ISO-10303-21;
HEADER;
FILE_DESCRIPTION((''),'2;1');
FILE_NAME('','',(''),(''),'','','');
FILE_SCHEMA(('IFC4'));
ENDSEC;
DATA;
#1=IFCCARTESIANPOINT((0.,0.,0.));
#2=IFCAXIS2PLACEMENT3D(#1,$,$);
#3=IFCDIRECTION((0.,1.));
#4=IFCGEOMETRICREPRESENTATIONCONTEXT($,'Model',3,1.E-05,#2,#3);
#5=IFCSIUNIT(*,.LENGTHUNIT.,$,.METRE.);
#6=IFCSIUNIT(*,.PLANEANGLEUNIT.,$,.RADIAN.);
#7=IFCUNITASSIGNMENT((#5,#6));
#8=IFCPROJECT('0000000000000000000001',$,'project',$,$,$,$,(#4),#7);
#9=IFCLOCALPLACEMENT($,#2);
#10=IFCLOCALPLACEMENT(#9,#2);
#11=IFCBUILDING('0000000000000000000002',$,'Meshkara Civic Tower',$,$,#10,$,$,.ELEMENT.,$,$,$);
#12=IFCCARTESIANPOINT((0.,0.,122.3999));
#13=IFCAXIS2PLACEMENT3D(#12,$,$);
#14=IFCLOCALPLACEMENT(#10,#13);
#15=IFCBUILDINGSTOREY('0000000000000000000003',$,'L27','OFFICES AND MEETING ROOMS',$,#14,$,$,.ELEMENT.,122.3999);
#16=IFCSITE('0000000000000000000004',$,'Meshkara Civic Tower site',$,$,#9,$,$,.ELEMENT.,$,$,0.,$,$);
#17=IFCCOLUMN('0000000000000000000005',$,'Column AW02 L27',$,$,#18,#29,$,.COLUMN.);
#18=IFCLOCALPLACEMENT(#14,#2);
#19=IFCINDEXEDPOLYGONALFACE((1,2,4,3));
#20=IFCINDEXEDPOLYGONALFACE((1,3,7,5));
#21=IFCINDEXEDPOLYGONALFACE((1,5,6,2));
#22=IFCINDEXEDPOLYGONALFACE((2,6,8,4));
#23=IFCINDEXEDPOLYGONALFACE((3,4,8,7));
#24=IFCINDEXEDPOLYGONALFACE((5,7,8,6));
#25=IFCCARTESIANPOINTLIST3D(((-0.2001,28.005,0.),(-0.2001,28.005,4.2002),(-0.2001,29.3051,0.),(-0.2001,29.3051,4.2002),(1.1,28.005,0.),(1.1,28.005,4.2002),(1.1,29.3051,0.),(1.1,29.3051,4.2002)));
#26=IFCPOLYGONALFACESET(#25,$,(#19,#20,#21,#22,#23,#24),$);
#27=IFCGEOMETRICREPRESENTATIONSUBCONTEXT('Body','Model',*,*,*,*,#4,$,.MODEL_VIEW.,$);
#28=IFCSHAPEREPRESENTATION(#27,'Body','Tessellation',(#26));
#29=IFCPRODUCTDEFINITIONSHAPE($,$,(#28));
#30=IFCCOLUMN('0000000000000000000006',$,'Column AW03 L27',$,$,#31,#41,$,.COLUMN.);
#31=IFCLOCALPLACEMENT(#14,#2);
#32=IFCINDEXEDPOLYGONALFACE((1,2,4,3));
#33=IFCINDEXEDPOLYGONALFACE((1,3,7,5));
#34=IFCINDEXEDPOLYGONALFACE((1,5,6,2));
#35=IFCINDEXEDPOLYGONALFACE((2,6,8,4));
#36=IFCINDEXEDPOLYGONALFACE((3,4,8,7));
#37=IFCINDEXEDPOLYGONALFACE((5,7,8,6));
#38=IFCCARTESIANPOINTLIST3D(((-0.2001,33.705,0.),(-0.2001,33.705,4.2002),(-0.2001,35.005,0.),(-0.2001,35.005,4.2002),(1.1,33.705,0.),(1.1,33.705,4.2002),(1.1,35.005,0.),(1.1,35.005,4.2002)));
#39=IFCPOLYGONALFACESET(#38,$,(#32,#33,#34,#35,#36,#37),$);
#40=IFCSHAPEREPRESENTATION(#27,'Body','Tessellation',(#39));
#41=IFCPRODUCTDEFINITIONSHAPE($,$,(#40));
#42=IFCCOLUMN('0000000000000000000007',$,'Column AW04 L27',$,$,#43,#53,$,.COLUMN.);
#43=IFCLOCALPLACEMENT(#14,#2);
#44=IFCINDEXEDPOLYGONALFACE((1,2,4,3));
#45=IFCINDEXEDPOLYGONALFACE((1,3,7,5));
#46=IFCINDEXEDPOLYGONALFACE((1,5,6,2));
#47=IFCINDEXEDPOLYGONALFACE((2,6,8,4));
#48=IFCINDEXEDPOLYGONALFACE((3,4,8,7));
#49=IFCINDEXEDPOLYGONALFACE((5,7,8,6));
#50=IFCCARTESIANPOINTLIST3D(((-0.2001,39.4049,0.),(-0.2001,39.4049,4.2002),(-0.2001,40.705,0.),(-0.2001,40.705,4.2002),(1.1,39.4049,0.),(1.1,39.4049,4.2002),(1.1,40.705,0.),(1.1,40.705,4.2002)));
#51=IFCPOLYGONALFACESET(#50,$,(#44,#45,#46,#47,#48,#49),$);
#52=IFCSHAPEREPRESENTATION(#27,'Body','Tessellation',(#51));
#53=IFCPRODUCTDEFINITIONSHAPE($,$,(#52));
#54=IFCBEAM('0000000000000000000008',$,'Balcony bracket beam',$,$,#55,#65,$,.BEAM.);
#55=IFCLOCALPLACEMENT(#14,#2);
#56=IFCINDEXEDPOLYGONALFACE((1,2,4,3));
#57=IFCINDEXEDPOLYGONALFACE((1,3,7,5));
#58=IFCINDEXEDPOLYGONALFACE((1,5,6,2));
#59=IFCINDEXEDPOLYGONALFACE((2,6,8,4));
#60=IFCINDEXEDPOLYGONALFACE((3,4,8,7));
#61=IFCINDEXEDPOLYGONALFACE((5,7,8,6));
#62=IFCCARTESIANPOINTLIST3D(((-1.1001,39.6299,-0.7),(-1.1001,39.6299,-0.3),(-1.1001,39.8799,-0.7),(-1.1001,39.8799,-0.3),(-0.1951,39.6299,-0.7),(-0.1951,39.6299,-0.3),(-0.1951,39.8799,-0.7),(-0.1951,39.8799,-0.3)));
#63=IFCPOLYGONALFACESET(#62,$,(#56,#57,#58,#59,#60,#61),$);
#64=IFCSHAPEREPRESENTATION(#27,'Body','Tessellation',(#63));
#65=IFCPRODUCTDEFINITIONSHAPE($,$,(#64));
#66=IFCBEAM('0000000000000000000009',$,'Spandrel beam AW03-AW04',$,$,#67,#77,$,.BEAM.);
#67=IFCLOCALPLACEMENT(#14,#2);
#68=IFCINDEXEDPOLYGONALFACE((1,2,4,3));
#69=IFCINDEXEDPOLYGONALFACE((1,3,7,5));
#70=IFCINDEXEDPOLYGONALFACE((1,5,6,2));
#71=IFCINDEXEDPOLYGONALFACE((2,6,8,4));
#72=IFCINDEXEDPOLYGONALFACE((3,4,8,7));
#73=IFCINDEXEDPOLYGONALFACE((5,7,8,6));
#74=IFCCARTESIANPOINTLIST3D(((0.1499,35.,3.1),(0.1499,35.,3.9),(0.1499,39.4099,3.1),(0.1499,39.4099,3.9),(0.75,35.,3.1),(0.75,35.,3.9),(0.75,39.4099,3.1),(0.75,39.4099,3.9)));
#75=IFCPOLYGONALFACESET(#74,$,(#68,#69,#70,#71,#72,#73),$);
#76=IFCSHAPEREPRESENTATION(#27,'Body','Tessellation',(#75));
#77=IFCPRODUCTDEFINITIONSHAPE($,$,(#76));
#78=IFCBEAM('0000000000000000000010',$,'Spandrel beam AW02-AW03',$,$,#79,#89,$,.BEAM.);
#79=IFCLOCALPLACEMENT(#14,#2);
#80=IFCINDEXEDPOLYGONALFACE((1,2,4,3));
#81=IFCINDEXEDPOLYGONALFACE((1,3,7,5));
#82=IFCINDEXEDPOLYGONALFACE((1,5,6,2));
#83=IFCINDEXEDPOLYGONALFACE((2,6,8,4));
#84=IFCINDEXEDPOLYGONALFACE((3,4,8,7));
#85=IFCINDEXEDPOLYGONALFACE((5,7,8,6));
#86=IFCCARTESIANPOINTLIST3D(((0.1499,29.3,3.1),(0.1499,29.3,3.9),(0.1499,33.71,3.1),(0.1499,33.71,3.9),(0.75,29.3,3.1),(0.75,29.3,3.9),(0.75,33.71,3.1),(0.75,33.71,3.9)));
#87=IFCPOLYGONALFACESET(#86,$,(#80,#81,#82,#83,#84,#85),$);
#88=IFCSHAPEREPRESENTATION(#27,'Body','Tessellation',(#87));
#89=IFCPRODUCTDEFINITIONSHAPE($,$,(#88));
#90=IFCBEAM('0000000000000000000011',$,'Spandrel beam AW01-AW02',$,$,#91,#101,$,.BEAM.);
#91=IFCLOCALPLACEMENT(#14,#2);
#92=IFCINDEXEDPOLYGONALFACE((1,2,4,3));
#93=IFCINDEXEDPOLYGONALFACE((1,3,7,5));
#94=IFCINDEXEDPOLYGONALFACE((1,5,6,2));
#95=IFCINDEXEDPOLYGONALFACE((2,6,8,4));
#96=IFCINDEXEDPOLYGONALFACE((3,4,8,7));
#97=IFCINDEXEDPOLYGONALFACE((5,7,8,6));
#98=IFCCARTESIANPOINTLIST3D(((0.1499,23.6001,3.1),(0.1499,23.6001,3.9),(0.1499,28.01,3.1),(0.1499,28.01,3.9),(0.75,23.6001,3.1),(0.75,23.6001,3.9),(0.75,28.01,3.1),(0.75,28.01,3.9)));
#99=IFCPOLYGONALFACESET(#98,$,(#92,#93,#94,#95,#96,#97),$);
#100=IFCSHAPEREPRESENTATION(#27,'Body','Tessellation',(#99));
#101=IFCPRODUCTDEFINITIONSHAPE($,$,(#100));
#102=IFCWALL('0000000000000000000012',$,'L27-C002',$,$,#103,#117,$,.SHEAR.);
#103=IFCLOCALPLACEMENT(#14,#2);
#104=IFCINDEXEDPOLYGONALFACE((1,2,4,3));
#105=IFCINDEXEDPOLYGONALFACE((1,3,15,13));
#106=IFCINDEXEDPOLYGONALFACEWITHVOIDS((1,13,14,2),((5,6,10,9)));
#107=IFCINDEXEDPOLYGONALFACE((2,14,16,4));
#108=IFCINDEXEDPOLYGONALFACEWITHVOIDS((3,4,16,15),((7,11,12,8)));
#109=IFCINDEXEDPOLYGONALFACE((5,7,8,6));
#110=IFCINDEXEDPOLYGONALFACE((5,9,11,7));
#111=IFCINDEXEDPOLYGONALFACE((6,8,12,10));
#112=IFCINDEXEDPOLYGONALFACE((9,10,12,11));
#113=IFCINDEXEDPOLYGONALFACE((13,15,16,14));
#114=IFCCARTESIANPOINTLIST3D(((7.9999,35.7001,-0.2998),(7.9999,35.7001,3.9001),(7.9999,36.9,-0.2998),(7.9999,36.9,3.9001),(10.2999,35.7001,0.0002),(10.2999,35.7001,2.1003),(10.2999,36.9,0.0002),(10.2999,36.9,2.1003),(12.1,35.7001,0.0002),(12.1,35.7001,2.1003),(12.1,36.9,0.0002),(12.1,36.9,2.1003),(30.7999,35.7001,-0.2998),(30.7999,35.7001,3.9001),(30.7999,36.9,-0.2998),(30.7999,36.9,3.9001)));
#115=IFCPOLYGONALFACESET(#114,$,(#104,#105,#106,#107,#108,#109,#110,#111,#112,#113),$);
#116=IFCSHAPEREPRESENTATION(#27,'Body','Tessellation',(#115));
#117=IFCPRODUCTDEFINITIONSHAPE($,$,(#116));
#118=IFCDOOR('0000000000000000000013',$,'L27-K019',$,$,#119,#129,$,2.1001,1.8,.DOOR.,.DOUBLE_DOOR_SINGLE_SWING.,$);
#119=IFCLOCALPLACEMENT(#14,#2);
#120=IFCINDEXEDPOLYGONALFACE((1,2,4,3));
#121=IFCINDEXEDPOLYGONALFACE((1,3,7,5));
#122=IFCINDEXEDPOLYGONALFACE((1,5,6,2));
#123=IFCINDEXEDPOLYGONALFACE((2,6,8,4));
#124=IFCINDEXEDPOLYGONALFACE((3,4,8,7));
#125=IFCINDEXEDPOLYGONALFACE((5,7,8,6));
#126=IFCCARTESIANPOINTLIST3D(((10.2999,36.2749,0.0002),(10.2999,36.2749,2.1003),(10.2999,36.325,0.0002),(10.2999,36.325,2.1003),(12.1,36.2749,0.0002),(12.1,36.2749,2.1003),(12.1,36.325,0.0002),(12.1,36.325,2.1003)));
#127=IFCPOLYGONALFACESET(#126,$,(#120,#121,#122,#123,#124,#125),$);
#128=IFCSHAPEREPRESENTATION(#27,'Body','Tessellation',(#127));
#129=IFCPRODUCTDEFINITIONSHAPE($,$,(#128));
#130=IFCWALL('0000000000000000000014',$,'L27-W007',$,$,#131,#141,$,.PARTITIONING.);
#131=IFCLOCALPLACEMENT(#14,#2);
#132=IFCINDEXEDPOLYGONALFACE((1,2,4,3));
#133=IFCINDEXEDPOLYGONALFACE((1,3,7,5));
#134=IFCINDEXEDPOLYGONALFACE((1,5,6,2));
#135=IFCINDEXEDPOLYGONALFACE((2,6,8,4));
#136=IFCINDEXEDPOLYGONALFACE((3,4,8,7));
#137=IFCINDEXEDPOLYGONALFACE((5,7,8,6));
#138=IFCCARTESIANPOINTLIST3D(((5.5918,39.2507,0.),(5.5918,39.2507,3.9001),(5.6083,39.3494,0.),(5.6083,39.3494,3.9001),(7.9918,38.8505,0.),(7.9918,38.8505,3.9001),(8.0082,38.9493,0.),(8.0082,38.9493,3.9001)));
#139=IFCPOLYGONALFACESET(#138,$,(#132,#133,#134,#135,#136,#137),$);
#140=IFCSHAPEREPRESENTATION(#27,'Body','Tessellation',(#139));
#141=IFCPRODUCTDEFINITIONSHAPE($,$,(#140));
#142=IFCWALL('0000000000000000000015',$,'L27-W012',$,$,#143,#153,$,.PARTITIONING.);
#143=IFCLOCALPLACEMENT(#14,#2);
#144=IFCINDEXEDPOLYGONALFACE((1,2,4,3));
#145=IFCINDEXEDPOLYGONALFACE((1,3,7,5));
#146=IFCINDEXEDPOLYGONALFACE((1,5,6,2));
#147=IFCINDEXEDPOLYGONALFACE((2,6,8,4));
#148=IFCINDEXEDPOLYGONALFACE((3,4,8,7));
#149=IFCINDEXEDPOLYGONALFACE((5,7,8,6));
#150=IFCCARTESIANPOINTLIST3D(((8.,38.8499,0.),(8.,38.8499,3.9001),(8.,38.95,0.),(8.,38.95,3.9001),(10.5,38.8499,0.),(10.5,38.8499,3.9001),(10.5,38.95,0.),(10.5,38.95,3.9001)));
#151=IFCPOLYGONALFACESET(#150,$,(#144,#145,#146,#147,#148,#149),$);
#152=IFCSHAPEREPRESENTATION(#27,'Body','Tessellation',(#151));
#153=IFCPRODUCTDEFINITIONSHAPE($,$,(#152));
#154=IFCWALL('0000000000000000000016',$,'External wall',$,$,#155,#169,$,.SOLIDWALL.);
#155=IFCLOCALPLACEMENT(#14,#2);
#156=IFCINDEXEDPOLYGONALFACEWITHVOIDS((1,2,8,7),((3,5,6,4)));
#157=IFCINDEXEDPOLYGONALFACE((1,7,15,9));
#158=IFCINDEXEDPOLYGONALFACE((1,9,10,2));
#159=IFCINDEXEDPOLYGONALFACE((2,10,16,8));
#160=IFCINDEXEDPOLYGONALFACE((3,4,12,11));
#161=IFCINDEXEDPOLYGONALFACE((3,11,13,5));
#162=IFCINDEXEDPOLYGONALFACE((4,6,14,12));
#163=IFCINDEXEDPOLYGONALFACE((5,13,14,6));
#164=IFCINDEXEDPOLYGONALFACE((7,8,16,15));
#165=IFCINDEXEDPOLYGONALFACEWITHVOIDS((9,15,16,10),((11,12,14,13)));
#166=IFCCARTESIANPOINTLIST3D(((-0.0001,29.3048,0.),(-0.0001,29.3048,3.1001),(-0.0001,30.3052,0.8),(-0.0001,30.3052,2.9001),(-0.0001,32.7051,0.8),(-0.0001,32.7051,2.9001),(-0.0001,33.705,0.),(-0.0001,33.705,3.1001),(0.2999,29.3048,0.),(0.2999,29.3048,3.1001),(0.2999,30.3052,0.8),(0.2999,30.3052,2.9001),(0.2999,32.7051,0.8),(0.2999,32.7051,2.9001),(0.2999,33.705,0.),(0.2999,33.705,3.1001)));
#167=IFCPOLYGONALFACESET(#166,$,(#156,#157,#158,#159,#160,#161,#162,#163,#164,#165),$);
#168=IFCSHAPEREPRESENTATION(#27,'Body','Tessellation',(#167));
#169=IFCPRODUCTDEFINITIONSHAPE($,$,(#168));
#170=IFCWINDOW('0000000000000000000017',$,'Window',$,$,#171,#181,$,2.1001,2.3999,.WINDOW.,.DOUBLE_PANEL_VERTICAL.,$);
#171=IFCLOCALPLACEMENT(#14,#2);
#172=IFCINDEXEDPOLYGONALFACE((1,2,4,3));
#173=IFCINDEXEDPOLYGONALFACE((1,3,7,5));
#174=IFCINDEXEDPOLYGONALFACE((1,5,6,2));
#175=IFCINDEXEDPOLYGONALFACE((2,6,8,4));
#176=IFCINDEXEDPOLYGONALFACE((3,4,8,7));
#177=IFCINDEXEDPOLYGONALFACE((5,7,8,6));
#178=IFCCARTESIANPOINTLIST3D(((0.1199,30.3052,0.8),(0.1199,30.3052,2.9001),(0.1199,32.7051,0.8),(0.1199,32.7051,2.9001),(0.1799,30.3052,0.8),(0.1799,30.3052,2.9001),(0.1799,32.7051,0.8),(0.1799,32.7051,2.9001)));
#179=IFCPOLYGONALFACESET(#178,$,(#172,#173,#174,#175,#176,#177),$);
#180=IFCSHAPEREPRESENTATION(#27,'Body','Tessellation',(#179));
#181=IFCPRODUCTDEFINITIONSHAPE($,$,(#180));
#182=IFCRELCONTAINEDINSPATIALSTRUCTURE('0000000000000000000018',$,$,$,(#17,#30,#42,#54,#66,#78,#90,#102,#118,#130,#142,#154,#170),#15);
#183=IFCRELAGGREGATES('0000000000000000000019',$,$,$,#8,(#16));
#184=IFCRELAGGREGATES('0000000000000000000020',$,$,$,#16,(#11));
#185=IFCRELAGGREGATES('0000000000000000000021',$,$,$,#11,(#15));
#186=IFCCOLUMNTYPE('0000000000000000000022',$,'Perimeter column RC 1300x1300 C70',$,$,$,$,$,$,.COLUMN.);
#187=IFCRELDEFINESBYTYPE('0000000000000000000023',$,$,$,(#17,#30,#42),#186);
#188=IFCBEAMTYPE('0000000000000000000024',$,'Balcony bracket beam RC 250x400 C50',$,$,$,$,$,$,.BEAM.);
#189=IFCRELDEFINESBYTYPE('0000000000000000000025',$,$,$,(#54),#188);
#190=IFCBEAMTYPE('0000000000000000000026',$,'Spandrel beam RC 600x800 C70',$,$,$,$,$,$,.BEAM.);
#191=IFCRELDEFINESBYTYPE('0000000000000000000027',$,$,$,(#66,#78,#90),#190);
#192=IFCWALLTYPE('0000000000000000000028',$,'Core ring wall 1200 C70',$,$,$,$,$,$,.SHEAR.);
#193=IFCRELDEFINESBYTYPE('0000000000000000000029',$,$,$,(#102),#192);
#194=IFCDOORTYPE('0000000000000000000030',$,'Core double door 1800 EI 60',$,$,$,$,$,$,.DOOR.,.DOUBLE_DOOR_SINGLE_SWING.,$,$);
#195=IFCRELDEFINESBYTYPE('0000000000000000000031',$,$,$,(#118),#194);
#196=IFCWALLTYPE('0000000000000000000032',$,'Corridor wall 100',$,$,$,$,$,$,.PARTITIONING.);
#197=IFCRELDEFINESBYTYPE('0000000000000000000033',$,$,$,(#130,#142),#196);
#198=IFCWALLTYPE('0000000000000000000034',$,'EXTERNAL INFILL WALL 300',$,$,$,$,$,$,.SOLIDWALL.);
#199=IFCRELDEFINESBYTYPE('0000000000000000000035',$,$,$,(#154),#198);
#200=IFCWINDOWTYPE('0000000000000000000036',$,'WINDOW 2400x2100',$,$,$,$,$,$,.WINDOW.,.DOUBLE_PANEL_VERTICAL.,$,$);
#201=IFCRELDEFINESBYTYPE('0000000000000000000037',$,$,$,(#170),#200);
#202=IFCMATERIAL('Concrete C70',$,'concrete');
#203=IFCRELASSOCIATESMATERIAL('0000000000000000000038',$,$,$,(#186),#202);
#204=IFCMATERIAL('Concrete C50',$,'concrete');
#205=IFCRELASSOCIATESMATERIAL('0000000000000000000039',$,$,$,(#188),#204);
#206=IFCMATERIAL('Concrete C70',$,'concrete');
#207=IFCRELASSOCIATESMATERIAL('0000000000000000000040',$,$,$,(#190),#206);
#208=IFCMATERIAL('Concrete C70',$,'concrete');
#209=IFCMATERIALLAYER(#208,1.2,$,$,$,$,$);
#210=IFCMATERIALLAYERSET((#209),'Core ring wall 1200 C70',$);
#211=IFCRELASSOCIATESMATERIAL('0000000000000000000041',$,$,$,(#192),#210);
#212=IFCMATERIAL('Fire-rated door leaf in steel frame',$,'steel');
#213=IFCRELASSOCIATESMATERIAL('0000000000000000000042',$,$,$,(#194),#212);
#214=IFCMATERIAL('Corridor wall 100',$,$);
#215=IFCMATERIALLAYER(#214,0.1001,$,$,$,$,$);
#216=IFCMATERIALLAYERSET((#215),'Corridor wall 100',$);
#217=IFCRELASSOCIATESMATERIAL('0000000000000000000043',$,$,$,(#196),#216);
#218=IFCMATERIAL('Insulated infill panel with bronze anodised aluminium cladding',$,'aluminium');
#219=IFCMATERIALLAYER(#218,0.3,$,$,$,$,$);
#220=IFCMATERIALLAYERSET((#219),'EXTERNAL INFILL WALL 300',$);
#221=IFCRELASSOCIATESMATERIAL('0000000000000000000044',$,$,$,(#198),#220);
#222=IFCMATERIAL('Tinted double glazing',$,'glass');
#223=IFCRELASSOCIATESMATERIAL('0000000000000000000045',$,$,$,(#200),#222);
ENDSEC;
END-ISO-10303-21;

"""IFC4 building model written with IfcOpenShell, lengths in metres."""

from ifc_helpers import new_model, si_unit, direction, frame, frame_2d, origin, origin_2d, place, context, subcontext, project, spatial, rectangle, extrude, material, layer, layer_set, material_profile, profile_set, type_object, element, fill, save


model = new_model("IFC4")

# Units and contexts
model_context = context("Model", 3, precision=1e-05, world=origin(), true_north=direction((0.0, 1.0)))
body_context = subcontext(model_context, "Body", "Model", "MODEL_VIEW")
ifc_project = project(units=[si_unit("LENGTHUNIT", "METRE"), si_unit("PLANEANGLEUNIT", "RADIAN")], contexts=[model_context])

# Site, building, storey
site_placement = place(None, origin())
site = spatial("IfcSite", under=ifc_project, at=site_placement, Name="Meshkara Civic Tower site", CompositionType="ELEMENT", RefElevation=0.0)
building_placement = place(site_placement, origin())
building = spatial("IfcBuilding", under=site, at=building_placement, Name="Meshkara Civic Tower", CompositionType="ELEMENT")
storey_placement = place(building_placement, frame((0.0, 0.0, 122.3999)))
storey = spatial("IfcBuildingStorey", under=building, at=storey_placement, Name="L27", Description="OFFICES AND MEETING ROOMS", CompositionType="ELEMENT", Elevation=122.3999)

# Columns
ifc_material_1 = material(Name="Concrete C70", Category="concrete")
ifc_material_profile_1 = material_profile(ifc_material_1, rectangle(XDim=1.3, YDim=1.3, at=origin_2d()))
ifc_profile_set_1 = profile_set([ifc_material_profile_1], Name="Concrete C70")
column_type = type_object("IfcColumnType", Name="Perimeter column RC 1300x1300 C70", PredefinedType="COLUMN", material=ifc_profile_set_1)
for number, where, z_axis, x_axis, name in (
    (1, (0.45, 28.655, 0.0), (0.0, 0.0, 1.0), (1.0, 0.0, 0.0), "Column AW02 L27"),
    (2, (0.45, 34.355, 0.0), (0.0, 0.0, 1.0), (1.0, 0.0, 0.0), "Column AW03 L27"),
    (3, (0.45, 40.0549, 0.0), (0.0, 0.0, 1.0), (1.0, 0.0, 0.0), "Column AW04 L27"),
):
    element("IfcColumn", number, at=place(storey_placement, frame(where, z_axis=z_axis, x_axis=x_axis)), inside=storey, type_object=column_type, Name=name, PredefinedType="COLUMN", context=body_context, shape_type="SweptSolid", body=[
        extrude(rectangle(XDim=1.3, YDim=1.3, at=origin_2d()), origin(), (0.0, 0.0, 1.0), 4.2002),
    ])

# Beams
ifc_material_2 = material(Name="Concrete C50", Category="concrete")
ifc_material_profile_2 = material_profile(ifc_material_2, rectangle(XDim=0.25, YDim=0.3999, at=origin_2d()))
ifc_profile_set_2 = profile_set([ifc_material_profile_2], Name="Concrete C50")
beam_type_1 = type_object("IfcBeamType", Name="Balcony bracket beam RC 250x400 C50", PredefinedType="BEAM", material=ifc_profile_set_2)
beam_placement = place(storey_placement, frame((-0.1951, 39.7549, -0.5), z_axis=(-1.0, 0.0, 0.0), x_axis=(0.0, -1.0, 0.0)))
element("IfcBeam", 4, at=beam_placement, inside=storey, type_object=beam_type_1, Name="Balcony bracket beam", PredefinedType="BEAM", context=body_context, shape_type="SweptSolid", body=[
    extrude(rectangle(XDim=0.25, YDim=0.3999, at=origin_2d()), origin(), (0.0, 0.0, 1.0), 0.905),
])
ifc_material_3 = material(Name="Concrete C70", Category="concrete")
ifc_material_profile_3 = material_profile(ifc_material_3, rectangle(XDim=0.6001, YDim=0.8, at=origin_2d()))
ifc_profile_set_3 = profile_set([ifc_material_profile_3], Name="Concrete C70")
beam_type_2 = type_object("IfcBeamType", Name="Spandrel beam RC 600x800 C70", PredefinedType="BEAM", material=ifc_profile_set_3)
for number, where, z_axis, x_axis, name in (
    (5, (0.45, 39.4099, 3.5), (0.0, -1.0, 0.0), (1.0, 0.0, 0.0), "Spandrel beam AW03-AW04"),
    (6, (0.45, 33.71, 3.5), (0.0, -1.0, 0.0), (1.0, 0.0, 0.0), "Spandrel beam AW02-AW03"),
    (7, (0.45, 28.01, 3.5), (0.0, -1.0, 0.0), (1.0, 0.0, 0.0), "Spandrel beam AW01-AW02"),
):
    element("IfcBeam", number, at=place(storey_placement, frame(where, z_axis=z_axis, x_axis=x_axis)), inside=storey, type_object=beam_type_2, Name=name, PredefinedType="BEAM", context=body_context, shape_type="SweptSolid", body=[
        extrude(rectangle(XDim=0.6001, YDim=0.8, at=origin_2d()), origin(), (0.0, 0.0, 1.0), 4.4099),
    ])

# Wall, opening, door
ifc_material_4 = material(Name="Concrete C70", Category="concrete")
ifc_layer_1 = layer(ifc_material_4, 1.2)
ifc_layer_set_1 = layer_set([ifc_layer_1], Name="Core ring wall 1200 C70")
wall_type_1 = type_object("IfcWallType", Name="Core ring wall 1200 C70", PredefinedType="SHEAR", material=ifc_layer_set_1)
wall_1_placement = place(storey_placement, frame((8.0, 36.3, -0.2998), z_axis=(0.0, 0.0, 1.0), x_axis=(1.0, 0.0, 0.0)))
wall_1 = element("IfcWall", 8, at=wall_1_placement, inside=storey, type_object=wall_type_1, Name="L27-C002", PredefinedType="SHEAR", context=body_context, shape_type="SweptSolid", body=[
    extrude(rectangle(XDim=22.8, YDim=1.2, at=frame_2d((11.3999, 0.0))), origin(), (0.0, 0.0, 1.0), 4.2),
])
opening_1_placement = place(wall_1_placement, frame((2.3, 0.0, 0.3)))
opening_1 = element("IfcOpeningElement", 9, at=opening_1_placement, cuts=wall_1, PredefinedType="OPENING", context=body_context, shape_type="SweptSolid", body=[
    extrude(rectangle(XDim=1.8, YDim=2.1001, at=frame_2d((0.8999, 1.05))), frame((0.0, 0.6099, 0.0), z_axis=(0.0, -1.0, 0.0), x_axis=(1.0, 0.0, 0.0)), (0.0, 0.0, 1.0), 1.22),
])
ifc_material_5 = material(Name="Fire-rated door leaf in steel frame", Category="steel")
door_type_1 = type_object("IfcDoorType", Name="Core double door 1800 EI 60", OperationType="DOUBLE_DOOR_SINGLE_SWING", PredefinedType="DOOR", material=ifc_material_5)
door_1_placement = place(opening_1_placement, origin())
door_1 = element("IfcDoor", 10, at=door_1_placement, inside=storey, type_object=door_type_1, Name="L27-K019", OperationType="DOUBLE_DOOR_SINGLE_SWING", OverallHeight=2.1001, OverallWidth=1.8, PredefinedType="DOOR", context=body_context, shape_type="SweptSolid", body=[
    extrude(rectangle(XDim=1.8, YDim=2.1001, at=frame_2d((0.8999, 1.05))), frame((0.0, 0.0249, 0.0), z_axis=(0.0, -1.0, 0.0), x_axis=(1.0, 0.0, 0.0)), (0.0, 0.0, 1.0), 0.05),
])
fill(opening_1, door_1)

# Walls
ifc_material_6 = material(Name="Corridor wall 100")
ifc_layer_2 = layer(ifc_material_6, 0.1001)
ifc_layer_set_2 = layer_set([ifc_layer_2], Name="Corridor wall 100")
wall_type_2 = type_object("IfcWallType", Name="Corridor wall 100", PredefinedType="PARTITIONING", material=ifc_layer_set_2)
wall_2_placement = place(storey_placement, frame((8.0, 38.8999, 0.0), z_axis=(0.0, 0.0, 1.0), x_axis=(-0.986383, 0.164464, 0.0)))
element("IfcWall", 11, at=wall_2_placement, inside=storey, type_object=wall_type_2, Name="L27-W007", PredefinedType="PARTITIONING", context=body_context, shape_type="SweptSolid", body=[
    extrude(rectangle(XDim=2.4331, YDim=0.1001, at=frame_2d((1.2166, 0.0))), origin(), (0.0, 0.0, 1.0), 3.9001),
])
wall_3_placement = place(storey_placement, frame((10.5, 38.8999, 0.0), z_axis=(0.0, 0.0, 1.0), x_axis=(-1.0, 0.0, 0.0)))
element("IfcWall", 12, at=wall_3_placement, inside=storey, type_object=wall_type_2, Name="L27-W012", PredefinedType="PARTITIONING", context=body_context, shape_type="SweptSolid", body=[
    extrude(rectangle(XDim=2.5, YDim=0.1001, at=frame_2d((1.25, 0.0))), origin(), (0.0, 0.0, 1.0), 3.9001),
])

# Wall, opening, window
ifc_material_7 = material(Name="Insulated infill panel with bronze anodised aluminium cladding", Category="aluminium")
ifc_layer_3 = layer(ifc_material_7, 0.3)
ifc_layer_set_3 = layer_set([ifc_layer_3], Name="EXTERNAL INFILL WALL 300")
wall_type_3 = type_object("IfcWallType", Name="EXTERNAL INFILL WALL 300", PredefinedType="SOLIDWALL", material=ifc_layer_set_3)
wall_4_placement = place(storey_placement, frame((0.1499, 33.7051, 0.0), z_axis=(0.0, 0.0, 1.0), x_axis=(0.0, -1.0, 0.0)))
wall_4 = element("IfcWall", 13, at=wall_4_placement, inside=storey, type_object=wall_type_3, Name="External wall", PredefinedType="SOLIDWALL", context=body_context, shape_type="SweptSolid", body=[
    extrude(rectangle(XDim=4.4001, YDim=0.3, at=frame_2d((2.2002, 0.0))), origin(), (0.0, 0.0, 1.0), 3.1001),
])
opening_2_placement = place(wall_4_placement, frame((1.0, 0.0, 0.8)))
opening_2 = element("IfcOpeningElement", 14, at=opening_2_placement, cuts=wall_4, PredefinedType="OPENING", context=body_context, shape_type="SweptSolid", body=[
    extrude(rectangle(XDim=2.3999, YDim=2.1001, at=frame_2d((1.2, 1.05))), frame((0.0, 0.1599, 0.0), z_axis=(0.0, -1.0, 0.0), x_axis=(1.0, 0.0, 0.0)), (0.0, 0.0, 1.0), 0.3201),
])
ifc_material_8 = material(Name="Tinted double glazing", Category="glass")
window_type = type_object("IfcWindowType", Name="WINDOW 2400x2100", PartitioningType="DOUBLE_PANEL_VERTICAL", PredefinedType="WINDOW", material=ifc_material_8)
window_1_placement = place(opening_2_placement, origin())
window_1 = element("IfcWindow", 15, at=window_1_placement, inside=storey, type_object=window_type, Name="Window", OverallHeight=2.1001, OverallWidth=2.3999, PartitioningType="DOUBLE_PANEL_VERTICAL", PredefinedType="WINDOW", context=body_context, shape_type="SweptSolid", body=[
    extrude(rectangle(XDim=2.3999, YDim=2.1001, at=frame_2d((1.2, 1.05))), frame((0.0, 0.03, 0.0), z_axis=(0.0, -1.0, 0.0), x_axis=(1.0, 0.0, 0.0)), (0.0, 0.0, 1.0), 0.0601),
])
fill(opening_2, window_1)

save(model, "model.ifc")
